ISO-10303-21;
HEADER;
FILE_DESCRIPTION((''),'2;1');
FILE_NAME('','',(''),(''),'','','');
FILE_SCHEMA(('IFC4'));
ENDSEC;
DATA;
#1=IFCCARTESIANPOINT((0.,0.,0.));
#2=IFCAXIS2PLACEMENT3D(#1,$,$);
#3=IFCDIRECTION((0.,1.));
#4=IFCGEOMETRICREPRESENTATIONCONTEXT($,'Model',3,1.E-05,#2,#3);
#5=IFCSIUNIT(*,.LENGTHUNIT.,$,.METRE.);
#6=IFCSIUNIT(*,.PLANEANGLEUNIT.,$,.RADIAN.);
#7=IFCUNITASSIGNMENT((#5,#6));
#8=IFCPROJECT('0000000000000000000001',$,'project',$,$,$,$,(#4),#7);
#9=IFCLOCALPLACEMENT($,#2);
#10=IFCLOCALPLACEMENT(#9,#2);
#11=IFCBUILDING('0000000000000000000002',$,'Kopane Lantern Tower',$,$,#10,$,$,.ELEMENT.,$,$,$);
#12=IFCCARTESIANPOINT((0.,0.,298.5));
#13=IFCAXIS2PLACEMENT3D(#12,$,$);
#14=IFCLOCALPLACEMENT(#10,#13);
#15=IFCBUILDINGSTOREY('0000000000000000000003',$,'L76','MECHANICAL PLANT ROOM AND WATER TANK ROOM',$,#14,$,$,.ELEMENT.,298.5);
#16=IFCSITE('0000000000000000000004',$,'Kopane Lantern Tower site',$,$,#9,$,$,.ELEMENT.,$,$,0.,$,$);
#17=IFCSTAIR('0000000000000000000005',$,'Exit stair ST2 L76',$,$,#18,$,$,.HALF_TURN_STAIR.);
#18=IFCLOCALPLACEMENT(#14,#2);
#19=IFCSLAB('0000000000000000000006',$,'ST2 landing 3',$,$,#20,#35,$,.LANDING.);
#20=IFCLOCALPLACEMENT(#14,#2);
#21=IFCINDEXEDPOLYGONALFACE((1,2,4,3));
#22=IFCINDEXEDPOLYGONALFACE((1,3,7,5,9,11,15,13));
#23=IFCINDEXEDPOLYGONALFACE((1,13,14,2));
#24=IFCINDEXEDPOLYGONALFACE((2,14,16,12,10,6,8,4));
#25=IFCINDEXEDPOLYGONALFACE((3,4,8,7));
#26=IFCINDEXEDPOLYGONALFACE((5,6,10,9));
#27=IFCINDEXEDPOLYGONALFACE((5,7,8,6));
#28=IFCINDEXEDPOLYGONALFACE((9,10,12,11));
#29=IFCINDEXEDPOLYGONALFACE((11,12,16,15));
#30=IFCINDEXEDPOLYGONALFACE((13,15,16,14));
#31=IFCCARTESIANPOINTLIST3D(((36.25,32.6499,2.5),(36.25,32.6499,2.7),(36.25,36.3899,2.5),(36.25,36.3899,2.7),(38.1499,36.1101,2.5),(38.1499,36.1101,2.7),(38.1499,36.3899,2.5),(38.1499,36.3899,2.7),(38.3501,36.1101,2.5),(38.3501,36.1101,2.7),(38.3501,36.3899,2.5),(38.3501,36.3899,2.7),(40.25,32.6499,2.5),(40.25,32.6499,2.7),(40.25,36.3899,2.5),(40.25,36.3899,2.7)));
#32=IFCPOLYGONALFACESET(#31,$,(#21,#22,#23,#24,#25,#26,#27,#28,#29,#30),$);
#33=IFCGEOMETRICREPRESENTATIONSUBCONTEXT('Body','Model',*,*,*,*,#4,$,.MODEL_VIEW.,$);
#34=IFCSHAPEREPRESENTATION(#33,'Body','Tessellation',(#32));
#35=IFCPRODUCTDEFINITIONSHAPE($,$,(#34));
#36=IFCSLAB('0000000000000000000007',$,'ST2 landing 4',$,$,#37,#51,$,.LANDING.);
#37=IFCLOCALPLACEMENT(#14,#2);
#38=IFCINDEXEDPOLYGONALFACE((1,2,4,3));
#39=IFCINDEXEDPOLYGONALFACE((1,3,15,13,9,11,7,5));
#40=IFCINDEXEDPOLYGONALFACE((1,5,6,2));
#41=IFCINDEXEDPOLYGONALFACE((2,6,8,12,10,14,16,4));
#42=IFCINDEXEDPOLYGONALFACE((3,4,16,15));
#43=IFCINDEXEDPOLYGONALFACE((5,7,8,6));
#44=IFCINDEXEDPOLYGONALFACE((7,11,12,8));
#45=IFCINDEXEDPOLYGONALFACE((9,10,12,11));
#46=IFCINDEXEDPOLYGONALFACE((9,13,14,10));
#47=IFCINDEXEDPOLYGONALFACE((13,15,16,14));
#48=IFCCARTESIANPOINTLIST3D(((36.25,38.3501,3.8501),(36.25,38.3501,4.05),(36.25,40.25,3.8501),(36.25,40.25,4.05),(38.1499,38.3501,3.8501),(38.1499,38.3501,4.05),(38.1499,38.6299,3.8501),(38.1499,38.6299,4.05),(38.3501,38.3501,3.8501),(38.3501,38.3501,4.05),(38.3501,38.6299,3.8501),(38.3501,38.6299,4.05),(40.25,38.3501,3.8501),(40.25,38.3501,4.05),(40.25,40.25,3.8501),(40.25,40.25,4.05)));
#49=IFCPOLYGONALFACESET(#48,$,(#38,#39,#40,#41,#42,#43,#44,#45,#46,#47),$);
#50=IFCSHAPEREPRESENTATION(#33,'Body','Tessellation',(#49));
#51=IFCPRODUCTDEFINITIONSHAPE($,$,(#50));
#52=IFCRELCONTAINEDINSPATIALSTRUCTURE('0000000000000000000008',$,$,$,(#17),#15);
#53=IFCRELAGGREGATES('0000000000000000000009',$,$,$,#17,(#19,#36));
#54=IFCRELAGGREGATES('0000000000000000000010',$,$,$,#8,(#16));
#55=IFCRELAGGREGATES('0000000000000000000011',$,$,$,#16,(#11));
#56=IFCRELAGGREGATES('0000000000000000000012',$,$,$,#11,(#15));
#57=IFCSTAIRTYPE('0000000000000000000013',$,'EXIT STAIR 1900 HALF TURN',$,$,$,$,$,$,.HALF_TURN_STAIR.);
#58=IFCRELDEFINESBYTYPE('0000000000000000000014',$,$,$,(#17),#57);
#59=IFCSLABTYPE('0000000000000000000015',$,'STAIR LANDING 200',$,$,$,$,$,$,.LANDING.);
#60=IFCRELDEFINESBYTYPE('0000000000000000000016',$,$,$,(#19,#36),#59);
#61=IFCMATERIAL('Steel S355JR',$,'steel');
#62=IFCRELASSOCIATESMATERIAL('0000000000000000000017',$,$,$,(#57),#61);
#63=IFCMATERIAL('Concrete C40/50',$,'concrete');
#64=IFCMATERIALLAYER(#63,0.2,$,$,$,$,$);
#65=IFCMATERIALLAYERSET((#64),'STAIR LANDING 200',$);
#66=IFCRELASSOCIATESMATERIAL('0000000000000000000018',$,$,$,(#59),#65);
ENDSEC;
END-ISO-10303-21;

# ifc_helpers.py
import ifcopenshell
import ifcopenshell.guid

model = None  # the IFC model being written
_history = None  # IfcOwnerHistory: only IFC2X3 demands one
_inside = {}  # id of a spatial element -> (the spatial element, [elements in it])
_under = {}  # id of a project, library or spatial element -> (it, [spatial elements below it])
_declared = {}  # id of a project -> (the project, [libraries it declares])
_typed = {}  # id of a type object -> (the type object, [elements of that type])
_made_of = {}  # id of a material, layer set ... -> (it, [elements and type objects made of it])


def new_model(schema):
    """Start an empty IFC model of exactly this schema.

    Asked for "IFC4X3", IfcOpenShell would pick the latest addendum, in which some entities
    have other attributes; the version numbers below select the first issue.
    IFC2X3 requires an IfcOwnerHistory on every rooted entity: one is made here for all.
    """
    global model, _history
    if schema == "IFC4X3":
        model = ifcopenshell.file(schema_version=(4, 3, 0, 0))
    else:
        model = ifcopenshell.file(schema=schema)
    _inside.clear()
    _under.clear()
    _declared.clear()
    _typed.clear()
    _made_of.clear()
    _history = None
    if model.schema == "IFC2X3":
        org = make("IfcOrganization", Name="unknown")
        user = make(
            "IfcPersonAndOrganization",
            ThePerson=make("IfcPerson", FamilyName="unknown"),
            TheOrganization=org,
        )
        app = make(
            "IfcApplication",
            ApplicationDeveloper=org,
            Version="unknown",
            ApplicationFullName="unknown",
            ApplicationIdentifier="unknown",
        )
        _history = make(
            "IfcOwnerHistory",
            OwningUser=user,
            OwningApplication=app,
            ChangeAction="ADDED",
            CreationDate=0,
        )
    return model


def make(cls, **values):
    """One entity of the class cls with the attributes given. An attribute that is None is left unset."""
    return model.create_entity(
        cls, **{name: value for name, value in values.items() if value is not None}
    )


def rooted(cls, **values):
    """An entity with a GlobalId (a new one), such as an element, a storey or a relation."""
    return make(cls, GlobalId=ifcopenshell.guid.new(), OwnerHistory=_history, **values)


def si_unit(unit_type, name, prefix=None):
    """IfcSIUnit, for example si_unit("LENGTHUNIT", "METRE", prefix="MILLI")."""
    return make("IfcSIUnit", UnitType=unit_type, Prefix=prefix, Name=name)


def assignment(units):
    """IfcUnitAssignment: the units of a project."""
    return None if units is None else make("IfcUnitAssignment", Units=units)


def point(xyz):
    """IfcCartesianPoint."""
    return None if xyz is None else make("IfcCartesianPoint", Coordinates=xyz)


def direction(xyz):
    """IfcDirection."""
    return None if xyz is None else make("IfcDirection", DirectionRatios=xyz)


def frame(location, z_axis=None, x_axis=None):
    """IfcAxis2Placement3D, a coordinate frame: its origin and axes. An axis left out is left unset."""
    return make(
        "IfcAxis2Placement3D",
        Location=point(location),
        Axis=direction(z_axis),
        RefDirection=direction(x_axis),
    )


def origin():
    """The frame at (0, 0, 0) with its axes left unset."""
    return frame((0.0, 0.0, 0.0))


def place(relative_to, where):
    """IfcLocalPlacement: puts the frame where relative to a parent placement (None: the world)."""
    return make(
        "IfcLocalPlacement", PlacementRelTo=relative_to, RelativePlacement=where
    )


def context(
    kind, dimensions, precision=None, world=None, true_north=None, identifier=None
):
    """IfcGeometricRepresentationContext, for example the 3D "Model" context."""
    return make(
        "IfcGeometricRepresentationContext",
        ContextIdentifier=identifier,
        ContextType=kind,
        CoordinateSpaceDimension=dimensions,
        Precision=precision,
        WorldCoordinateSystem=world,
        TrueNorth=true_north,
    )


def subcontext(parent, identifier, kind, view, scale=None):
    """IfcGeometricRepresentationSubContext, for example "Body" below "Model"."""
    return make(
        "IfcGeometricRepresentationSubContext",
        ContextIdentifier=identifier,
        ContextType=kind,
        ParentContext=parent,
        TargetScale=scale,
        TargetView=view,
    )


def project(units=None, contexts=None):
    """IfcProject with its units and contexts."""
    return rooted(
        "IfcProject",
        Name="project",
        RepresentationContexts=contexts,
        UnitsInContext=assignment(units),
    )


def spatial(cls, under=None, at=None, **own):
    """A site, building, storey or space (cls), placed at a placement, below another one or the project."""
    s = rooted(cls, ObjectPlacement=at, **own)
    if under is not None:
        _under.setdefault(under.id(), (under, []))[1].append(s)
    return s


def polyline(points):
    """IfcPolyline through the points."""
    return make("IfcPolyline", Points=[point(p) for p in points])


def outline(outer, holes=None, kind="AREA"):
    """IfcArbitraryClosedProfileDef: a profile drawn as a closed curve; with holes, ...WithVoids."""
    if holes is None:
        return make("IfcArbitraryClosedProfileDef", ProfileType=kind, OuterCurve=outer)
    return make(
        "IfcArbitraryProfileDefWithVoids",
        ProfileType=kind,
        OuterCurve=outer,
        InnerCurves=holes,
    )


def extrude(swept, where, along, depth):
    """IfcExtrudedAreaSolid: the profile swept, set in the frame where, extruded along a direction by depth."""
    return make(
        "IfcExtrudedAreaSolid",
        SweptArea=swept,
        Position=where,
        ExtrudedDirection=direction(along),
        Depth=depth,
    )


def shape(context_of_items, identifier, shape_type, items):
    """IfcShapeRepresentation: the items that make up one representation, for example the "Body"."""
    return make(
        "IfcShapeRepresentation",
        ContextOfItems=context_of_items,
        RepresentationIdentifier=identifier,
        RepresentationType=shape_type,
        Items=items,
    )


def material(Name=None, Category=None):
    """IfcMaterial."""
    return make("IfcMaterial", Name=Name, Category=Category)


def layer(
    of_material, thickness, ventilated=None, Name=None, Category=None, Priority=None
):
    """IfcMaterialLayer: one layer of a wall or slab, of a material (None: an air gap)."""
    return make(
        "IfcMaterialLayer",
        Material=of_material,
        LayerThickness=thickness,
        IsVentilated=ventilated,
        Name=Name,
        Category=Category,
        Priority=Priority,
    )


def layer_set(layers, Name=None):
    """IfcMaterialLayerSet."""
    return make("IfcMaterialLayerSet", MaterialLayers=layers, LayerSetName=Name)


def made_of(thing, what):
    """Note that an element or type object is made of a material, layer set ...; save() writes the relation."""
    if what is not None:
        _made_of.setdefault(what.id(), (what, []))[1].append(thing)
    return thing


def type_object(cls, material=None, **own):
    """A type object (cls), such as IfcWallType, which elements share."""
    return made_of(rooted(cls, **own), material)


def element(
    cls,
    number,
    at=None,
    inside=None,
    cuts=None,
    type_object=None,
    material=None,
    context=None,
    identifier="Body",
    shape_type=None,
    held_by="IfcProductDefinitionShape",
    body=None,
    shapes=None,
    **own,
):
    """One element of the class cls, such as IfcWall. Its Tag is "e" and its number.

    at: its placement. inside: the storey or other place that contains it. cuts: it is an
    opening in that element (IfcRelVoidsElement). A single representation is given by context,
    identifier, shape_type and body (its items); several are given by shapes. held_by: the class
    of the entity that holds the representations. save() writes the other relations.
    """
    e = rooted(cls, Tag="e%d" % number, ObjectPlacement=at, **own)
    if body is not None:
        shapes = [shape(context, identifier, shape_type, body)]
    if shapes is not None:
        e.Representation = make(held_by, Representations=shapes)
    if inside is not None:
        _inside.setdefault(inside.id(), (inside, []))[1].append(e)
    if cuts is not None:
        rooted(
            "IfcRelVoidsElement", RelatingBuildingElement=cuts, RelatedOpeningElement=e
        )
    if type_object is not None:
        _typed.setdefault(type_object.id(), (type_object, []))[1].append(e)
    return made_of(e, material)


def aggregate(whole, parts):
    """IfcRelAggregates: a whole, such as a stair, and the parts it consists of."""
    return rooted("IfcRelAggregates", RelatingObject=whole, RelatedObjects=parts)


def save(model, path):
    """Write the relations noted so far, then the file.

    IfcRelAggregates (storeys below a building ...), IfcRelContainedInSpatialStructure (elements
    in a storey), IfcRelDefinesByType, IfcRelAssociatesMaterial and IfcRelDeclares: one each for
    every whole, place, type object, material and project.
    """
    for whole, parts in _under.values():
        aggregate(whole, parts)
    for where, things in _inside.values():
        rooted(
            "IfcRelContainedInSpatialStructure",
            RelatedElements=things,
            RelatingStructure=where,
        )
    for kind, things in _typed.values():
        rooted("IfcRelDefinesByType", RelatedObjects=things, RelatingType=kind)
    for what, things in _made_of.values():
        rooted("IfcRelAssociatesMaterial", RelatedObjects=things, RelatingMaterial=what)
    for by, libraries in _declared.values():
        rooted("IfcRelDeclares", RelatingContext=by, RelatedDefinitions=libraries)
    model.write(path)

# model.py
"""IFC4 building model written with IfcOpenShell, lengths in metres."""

from ifc_helpers import new_model, si_unit, direction, frame, origin, place, context, subcontext, project, spatial, polyline, outline, extrude, material, layer, layer_set, type_object, element, aggregate, save


model = new_model("IFC4")

# Units and contexts
model_context = context("Model", 3, precision=1e-05, world=origin(), true_north=direction((0.0, 1.0)))
body_context = subcontext(model_context, "Body", "Model", "MODEL_VIEW")
ifc_project = project(units=[si_unit("LENGTHUNIT", "METRE"), si_unit("PLANEANGLEUNIT", "RADIAN")], contexts=[model_context])

# Site, building, storey
site_placement = place(None, origin())
site = spatial("IfcSite", under=ifc_project, at=site_placement, Name="Kopane Lantern Tower site", CompositionType="ELEMENT", RefElevation=0.0)
building_placement = place(site_placement, origin())
building = spatial("IfcBuilding", under=site, at=building_placement, Name="Kopane Lantern Tower", CompositionType="ELEMENT")
storey_placement = place(building_placement, frame((0.0, 0.0, 298.5)))
storey = spatial("IfcBuildingStorey", under=building, at=storey_placement, Name="L76", Description="MECHANICAL PLANT ROOM AND WATER TANK ROOM", CompositionType="ELEMENT", Elevation=298.5)

# Stair, slabs
ifc_material_1 = material(Name="Steel S355JR", Category="steel")
stair_type = type_object("IfcStairType", Name="EXIT STAIR 1900 HALF TURN", PredefinedType="HALF_TURN_STAIR", material=ifc_material_1)
ifc_material_2 = material(Name="Concrete C40/50", Category="concrete")
ifc_layer_1 = layer(ifc_material_2, 0.2)
ifc_layer_set_1 = layer_set([ifc_layer_1], Name="STAIR LANDING 200")
slab_type_1 = type_object("IfcSlabType", Name="STAIR LANDING 200", PredefinedType="LANDING", material=ifc_layer_set_1)
stair_1_placement = place(storey_placement, origin())
stair_1 = element("IfcStair", 1, at=stair_1_placement, inside=storey, type_object=stair_type, Name="Exit stair ST2 L76", PredefinedType="HALF_TURN_STAIR")
slab_1_placement = place(storey_placement, frame((0.0, 0.0, 2.5)))
slab_1 = element("IfcSlab", 2, at=slab_1_placement, type_object=slab_type_1, Name="ST2 landing 3", PredefinedType="LANDING", context=body_context, shape_type="SweptSolid", body=[
    extrude(outline(polyline([(40.25, 36.3899), (38.3501, 36.3899), (38.3501, 36.1101), (38.1499, 36.1101), (38.1499, 36.3899), (36.25, 36.3899), (36.25, 32.6499), (40.25, 32.6499), (40.25, 36.3899)])), origin(), (0.0, 0.0, 1.0), 0.2),
])
slab_2_placement = place(storey_placement, frame((0.0, 0.0, 3.8501)))
slab_2 = element("IfcSlab", 3, at=slab_2_placement, type_object=slab_type_1, Name="ST2 landing 4", PredefinedType="LANDING", context=body_context, shape_type="SweptSolid", body=[
    extrude(outline(polyline([(38.1499, 38.6299), (38.3501, 38.6299), (38.3501, 38.3501), (40.25, 38.3501), (40.25, 40.25), (36.25, 40.25), (36.25, 38.3501), (38.1499, 38.3501), (38.1499, 38.6299)])), origin(), (0.0, 0.0, 1.0), 0.2),
])
aggregate(stair_1, [slab_1, slab_2])

save(model, "model.ifc")
